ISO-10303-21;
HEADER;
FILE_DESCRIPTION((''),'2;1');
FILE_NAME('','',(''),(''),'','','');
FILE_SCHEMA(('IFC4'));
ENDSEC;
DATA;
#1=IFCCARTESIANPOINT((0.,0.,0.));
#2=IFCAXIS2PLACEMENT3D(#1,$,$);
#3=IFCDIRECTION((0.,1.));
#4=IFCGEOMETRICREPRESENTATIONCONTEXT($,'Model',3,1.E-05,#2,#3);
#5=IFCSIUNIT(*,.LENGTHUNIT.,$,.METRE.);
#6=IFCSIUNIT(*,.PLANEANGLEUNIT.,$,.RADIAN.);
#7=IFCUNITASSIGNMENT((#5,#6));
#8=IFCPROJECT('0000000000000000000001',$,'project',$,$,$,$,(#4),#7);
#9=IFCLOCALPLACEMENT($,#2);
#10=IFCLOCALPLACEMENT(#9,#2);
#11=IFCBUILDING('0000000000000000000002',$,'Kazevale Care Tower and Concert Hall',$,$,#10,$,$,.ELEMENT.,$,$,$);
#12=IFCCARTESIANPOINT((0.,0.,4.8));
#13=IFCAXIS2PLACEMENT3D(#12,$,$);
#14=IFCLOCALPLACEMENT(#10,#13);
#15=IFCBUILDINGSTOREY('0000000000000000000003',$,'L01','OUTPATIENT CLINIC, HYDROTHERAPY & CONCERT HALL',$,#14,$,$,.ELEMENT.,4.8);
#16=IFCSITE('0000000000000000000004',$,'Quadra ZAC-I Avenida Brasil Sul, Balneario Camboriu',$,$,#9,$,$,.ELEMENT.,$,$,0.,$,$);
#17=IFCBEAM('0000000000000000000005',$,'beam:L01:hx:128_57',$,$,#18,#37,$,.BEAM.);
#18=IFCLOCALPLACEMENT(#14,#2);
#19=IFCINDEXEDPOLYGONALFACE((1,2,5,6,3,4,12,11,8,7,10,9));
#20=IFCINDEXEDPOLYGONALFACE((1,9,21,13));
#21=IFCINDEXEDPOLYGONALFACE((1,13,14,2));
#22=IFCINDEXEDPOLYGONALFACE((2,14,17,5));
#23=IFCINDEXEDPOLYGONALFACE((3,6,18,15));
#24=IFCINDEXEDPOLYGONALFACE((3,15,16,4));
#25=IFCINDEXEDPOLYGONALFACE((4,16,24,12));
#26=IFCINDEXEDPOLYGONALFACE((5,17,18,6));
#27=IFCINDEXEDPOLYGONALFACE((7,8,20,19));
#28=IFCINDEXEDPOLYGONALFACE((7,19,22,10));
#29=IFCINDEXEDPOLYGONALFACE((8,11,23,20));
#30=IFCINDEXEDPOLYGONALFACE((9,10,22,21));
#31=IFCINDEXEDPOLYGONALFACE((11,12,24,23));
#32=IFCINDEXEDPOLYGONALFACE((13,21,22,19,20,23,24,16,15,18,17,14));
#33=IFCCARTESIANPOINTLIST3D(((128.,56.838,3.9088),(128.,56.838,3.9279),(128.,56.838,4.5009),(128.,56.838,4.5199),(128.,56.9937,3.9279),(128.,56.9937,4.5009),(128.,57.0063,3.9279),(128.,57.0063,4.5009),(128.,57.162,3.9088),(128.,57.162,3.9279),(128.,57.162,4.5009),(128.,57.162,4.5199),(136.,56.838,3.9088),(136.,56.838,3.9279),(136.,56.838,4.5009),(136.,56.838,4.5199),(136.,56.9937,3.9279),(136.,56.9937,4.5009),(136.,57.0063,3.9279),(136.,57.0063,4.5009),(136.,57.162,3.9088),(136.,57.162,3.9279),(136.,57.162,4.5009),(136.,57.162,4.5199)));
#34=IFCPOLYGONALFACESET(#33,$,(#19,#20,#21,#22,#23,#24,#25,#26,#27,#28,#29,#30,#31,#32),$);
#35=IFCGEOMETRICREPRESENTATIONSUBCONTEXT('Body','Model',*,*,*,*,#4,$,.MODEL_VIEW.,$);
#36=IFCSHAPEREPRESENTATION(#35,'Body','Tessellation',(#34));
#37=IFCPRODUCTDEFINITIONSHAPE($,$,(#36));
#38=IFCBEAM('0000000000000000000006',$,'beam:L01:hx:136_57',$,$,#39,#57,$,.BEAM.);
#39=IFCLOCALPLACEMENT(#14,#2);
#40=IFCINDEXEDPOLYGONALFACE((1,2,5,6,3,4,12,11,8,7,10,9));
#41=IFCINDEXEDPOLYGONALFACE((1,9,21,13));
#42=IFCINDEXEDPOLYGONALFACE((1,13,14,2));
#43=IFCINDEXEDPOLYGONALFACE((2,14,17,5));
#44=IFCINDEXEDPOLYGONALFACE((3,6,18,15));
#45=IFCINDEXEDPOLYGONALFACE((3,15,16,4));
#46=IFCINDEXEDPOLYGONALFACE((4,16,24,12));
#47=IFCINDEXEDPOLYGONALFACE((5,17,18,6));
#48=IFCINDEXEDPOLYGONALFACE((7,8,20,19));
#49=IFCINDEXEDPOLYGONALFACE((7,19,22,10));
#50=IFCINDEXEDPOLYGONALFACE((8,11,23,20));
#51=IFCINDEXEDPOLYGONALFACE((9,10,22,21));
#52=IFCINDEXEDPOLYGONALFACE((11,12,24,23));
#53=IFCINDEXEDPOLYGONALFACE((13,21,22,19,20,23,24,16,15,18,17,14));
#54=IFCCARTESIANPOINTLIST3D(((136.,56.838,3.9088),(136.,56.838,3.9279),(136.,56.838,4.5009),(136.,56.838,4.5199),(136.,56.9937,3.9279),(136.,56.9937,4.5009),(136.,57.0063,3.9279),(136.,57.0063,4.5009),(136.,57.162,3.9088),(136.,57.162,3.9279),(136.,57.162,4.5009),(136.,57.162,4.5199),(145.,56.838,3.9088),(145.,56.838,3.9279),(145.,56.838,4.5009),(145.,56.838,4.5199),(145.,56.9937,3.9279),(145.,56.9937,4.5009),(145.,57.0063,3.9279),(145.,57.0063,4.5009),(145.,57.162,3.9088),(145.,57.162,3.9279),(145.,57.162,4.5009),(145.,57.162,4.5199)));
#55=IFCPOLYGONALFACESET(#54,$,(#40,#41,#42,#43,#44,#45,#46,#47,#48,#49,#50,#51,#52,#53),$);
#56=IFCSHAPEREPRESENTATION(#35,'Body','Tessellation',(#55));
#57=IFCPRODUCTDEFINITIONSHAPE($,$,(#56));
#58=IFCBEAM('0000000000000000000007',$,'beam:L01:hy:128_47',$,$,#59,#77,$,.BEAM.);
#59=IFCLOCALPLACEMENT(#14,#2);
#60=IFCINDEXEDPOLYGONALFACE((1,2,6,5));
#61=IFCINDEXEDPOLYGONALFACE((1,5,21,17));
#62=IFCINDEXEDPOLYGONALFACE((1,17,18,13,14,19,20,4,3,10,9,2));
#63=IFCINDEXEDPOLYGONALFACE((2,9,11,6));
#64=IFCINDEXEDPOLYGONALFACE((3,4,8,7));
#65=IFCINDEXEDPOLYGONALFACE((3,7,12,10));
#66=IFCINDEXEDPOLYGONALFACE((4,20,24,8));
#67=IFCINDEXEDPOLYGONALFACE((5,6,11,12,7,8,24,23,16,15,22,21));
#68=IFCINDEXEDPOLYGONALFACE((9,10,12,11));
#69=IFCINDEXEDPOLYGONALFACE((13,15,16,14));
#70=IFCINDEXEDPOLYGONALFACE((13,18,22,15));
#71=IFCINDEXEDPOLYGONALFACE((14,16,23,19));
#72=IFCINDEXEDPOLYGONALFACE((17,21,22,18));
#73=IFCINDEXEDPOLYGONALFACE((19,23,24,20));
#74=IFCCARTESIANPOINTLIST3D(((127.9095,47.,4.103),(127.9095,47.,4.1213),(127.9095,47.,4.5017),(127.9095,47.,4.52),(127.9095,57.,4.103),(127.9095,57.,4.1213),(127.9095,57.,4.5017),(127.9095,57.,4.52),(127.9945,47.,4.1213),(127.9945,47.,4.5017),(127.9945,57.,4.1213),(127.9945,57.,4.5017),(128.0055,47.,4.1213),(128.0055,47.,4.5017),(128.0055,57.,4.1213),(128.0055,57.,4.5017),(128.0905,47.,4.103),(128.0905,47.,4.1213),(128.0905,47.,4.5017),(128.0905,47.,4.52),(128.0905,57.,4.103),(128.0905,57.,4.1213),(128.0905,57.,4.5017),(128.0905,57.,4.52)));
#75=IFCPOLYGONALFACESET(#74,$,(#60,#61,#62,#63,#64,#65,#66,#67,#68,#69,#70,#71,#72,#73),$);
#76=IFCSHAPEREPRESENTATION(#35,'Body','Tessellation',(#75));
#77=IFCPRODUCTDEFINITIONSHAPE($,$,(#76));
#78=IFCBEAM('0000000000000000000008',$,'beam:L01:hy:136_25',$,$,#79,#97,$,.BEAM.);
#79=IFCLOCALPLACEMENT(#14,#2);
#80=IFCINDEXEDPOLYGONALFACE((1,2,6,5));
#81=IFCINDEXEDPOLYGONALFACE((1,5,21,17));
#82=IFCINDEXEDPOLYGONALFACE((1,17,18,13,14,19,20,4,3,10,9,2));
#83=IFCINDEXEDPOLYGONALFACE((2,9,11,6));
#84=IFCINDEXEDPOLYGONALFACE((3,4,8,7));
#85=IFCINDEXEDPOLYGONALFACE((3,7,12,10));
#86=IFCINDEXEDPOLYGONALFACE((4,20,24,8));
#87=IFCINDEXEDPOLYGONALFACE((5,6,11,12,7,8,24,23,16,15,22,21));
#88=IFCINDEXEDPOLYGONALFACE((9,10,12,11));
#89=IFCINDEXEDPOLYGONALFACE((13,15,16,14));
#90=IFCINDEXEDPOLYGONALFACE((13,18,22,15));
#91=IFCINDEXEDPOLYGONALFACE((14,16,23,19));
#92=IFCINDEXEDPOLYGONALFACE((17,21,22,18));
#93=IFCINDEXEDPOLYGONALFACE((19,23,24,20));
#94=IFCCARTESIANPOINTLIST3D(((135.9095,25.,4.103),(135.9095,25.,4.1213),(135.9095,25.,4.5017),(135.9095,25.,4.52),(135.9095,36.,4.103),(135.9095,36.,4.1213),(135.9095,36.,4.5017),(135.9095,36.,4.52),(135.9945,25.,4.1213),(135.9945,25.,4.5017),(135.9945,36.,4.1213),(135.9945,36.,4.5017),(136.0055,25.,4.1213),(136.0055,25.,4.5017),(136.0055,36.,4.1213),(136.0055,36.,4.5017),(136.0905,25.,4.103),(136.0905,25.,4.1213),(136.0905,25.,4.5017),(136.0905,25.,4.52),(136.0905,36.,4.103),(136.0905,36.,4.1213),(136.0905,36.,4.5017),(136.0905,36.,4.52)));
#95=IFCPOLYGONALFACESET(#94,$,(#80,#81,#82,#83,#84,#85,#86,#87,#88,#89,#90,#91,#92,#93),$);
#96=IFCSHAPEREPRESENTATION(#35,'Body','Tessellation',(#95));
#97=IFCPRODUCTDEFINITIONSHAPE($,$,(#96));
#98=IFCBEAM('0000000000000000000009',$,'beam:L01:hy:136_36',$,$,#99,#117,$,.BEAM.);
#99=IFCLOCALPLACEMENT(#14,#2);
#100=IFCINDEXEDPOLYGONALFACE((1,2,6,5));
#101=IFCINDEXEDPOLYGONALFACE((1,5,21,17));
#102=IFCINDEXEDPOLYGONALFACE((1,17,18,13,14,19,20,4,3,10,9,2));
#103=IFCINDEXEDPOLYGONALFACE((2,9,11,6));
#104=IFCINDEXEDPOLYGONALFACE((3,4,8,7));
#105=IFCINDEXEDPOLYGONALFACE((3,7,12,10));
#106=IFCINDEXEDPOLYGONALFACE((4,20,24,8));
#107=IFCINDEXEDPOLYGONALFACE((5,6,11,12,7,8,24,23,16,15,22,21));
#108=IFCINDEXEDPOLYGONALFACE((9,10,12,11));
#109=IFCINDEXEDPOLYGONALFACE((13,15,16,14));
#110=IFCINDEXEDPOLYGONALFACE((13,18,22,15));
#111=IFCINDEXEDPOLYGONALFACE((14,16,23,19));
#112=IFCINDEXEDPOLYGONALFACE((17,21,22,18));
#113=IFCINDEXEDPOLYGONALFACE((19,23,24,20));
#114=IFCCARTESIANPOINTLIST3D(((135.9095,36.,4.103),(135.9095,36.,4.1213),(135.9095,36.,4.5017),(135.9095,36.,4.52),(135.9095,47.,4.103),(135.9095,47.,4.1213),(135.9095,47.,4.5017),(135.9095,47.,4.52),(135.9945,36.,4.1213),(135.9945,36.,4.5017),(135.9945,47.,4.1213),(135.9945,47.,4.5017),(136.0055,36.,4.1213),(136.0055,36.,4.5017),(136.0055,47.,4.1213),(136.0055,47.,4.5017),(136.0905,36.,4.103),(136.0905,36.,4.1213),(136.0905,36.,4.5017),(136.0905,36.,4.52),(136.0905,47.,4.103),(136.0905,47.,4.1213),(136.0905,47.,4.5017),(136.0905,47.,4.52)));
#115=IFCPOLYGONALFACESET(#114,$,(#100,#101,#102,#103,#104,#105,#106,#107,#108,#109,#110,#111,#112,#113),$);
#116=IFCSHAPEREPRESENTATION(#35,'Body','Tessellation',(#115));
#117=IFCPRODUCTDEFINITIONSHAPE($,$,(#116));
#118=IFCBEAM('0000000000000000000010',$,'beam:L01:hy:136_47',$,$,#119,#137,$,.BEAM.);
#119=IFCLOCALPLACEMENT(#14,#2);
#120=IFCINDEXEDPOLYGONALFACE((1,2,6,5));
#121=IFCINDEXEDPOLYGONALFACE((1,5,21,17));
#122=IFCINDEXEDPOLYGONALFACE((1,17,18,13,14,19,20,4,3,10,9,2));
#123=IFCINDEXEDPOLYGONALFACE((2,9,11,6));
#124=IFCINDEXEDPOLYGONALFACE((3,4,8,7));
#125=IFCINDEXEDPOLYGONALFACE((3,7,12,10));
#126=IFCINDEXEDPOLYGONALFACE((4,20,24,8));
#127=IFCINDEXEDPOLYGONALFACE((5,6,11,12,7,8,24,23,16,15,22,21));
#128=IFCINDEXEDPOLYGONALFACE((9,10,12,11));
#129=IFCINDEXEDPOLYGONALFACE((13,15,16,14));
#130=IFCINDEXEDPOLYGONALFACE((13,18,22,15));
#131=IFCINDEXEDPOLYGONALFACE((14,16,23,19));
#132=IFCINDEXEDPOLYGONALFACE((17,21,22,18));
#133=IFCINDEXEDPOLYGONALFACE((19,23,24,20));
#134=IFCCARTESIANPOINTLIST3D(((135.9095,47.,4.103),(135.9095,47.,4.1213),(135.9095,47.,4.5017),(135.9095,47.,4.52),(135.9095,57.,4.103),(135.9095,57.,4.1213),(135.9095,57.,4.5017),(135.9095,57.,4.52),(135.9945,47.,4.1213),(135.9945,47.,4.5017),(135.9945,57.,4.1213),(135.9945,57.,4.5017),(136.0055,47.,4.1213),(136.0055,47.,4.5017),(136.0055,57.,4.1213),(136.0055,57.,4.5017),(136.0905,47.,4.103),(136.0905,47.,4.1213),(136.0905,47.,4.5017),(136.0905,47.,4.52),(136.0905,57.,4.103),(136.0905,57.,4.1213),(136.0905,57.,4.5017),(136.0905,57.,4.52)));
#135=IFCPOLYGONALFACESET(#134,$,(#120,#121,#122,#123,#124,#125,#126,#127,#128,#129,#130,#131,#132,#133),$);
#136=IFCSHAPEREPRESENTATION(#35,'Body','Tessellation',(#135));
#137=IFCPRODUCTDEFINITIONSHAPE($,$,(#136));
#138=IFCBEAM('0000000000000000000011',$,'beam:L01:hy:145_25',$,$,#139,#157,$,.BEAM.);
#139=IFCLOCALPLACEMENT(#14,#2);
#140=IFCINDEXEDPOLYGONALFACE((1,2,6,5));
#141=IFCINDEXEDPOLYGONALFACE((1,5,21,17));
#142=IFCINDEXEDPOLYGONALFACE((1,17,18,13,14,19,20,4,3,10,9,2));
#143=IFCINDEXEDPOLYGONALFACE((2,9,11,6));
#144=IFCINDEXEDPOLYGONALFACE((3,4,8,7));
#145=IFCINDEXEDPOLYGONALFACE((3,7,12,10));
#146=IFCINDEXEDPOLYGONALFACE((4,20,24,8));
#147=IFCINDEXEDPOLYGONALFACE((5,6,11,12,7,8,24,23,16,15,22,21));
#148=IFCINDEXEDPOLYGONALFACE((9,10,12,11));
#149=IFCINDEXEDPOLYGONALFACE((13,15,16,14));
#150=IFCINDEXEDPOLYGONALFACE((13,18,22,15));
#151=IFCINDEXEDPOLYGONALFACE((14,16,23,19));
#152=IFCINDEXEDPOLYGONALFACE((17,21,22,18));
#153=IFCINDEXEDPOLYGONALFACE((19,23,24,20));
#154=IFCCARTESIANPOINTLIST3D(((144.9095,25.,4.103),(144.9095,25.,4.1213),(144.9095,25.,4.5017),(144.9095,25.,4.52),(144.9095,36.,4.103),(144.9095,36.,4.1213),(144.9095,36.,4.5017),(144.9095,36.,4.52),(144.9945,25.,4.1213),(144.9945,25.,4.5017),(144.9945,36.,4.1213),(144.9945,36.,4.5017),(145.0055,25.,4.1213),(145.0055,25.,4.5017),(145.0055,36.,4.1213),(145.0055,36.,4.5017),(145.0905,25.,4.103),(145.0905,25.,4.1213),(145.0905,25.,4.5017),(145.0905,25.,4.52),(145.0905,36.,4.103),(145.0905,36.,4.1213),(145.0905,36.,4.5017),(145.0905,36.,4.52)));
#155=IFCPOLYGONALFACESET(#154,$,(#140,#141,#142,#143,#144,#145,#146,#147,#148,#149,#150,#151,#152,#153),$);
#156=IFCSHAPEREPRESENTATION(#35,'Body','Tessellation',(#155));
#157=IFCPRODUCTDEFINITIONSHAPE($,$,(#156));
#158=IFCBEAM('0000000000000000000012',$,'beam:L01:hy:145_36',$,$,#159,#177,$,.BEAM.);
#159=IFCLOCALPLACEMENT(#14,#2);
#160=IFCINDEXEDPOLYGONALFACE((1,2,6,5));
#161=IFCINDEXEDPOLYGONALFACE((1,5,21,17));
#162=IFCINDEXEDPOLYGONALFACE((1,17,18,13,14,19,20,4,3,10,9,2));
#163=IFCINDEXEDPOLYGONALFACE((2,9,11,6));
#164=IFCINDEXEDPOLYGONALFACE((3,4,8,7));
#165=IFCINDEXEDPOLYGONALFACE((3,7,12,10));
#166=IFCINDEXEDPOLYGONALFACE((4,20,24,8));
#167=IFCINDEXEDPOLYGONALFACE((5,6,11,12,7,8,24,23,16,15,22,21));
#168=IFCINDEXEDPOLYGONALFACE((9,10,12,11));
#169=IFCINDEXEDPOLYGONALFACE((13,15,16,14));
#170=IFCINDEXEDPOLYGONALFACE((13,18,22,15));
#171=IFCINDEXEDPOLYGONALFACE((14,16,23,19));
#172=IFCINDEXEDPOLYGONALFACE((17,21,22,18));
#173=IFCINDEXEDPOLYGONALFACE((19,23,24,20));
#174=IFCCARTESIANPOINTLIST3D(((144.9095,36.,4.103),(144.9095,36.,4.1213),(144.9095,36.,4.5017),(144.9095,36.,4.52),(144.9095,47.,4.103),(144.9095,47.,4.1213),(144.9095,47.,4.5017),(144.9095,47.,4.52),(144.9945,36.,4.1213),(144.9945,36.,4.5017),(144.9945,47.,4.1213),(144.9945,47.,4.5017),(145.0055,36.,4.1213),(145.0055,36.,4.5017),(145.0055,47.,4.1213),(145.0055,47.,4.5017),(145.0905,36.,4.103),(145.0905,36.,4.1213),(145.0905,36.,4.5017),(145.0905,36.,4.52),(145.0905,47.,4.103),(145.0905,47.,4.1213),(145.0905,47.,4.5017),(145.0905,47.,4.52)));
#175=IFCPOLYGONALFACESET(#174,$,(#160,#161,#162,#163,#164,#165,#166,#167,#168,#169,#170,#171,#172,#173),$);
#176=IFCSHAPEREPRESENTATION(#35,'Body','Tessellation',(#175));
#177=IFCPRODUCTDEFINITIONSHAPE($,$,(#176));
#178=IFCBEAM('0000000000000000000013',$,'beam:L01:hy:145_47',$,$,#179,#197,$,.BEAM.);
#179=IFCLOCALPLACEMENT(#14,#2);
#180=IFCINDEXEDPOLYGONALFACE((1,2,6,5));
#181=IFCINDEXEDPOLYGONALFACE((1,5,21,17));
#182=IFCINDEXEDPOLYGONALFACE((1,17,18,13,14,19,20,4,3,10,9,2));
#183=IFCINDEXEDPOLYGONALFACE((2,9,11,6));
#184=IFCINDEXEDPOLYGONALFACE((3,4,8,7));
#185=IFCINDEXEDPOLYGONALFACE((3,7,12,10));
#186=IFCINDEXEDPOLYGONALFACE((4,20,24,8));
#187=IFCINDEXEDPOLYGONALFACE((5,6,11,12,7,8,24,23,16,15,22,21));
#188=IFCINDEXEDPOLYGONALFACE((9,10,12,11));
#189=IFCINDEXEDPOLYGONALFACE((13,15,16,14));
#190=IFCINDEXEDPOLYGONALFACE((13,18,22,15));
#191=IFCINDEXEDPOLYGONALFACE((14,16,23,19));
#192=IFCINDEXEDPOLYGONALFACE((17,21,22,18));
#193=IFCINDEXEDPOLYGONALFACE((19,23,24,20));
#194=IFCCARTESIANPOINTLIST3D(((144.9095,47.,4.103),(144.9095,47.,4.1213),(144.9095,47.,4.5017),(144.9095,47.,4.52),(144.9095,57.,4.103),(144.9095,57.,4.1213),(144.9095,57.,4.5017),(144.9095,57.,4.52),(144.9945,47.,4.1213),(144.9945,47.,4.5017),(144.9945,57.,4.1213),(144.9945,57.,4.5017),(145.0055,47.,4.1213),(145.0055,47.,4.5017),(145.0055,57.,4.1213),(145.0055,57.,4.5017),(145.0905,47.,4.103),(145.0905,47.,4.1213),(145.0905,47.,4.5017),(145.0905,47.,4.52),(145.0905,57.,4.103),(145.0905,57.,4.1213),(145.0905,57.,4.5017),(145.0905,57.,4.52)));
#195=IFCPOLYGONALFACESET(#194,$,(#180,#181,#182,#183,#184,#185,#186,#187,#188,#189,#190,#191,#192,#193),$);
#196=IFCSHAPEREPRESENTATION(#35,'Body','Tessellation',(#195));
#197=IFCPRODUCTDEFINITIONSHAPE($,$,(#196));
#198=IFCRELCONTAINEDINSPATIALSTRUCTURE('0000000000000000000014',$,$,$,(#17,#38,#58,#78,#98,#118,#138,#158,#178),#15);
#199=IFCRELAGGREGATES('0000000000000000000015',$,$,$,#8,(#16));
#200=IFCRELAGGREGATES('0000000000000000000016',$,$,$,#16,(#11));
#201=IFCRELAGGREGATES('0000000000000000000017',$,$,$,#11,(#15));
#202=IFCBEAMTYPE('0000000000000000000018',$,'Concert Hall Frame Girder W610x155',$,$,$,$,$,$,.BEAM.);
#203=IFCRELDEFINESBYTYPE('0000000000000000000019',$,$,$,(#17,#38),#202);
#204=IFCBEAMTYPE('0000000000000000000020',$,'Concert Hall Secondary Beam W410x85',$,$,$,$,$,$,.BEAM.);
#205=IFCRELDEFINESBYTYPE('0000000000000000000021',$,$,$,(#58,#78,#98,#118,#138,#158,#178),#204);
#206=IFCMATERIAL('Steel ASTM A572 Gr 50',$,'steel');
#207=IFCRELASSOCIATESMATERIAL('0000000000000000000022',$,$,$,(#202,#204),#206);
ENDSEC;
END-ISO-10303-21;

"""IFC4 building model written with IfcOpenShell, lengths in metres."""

from ifc_helpers import new_model, si_unit, direction, frame, origin, origin_2d, place, context, subcontext, project, spatial, i_section, extrude, material, material_profile, profile_set, type_object, element, save


model = new_model("IFC4")

# Units and contexts
model_context = context("Model", 3, precision=1e-05, world=origin(), true_north=direction((0.0, 1.0)))
body_context = subcontext(model_context, "Body", "Model", "MODEL_VIEW")
ifc_project = project(units=[si_unit("LENGTHUNIT", "METRE"), si_unit("PLANEANGLEUNIT", "RADIAN")], contexts=[model_context])

# Site, building, storey
site_placement = place(None, origin())
site = spatial("IfcSite", under=ifc_project, at=site_placement, Name="Quadra ZAC-I Avenida Brasil Sul, Balneario Camboriu", CompositionType="ELEMENT", RefElevation=0.0)
building_placement = place(site_placement, origin())
building = spatial("IfcBuilding", under=site, at=building_placement, Name="Kazevale Care Tower and Concert Hall", CompositionType="ELEMENT")
storey_placement = place(building_placement, frame((0.0, 0.0, 4.8)))
storey = spatial("IfcBuildingStorey", under=building, at=storey_placement, Name="L01", Description="OUTPATIENT CLINIC, HYDROTHERAPY & CONCERT HALL", CompositionType="ELEMENT", Elevation=4.8)

# Beams
ifc_material_1 = material(Name="Steel ASTM A572 Gr 50", Category="steel")
ifc_material_profile_1 = material_profile(ifc_material_1, i_section(OverallWidth=0.324, OverallDepth=0.6111, WebThickness=0.0127, FlangeThickness=0.019, at=origin_2d()), Name="W610x155")
ifc_profile_set_1 = profile_set([ifc_material_profile_1], Name="Steel ASTM A572 Gr 50")
beam_type_1 = type_object("IfcBeamType", Name="Concert Hall Frame Girder W610x155", PredefinedType="BEAM", material=ifc_profile_set_1)
beam_1_placement = place(storey_placement, frame((128.0, 57.0, 4.2144), z_axis=(1.0, 0.0, 0.0), x_axis=(0.0, 1.0, 0.0)))
element("IfcBeam", 1, at=beam_1_placement, inside=storey, type_object=beam_type_1, Name="beam:L01:hx:128_57", PredefinedType="BEAM", context=body_context, shape_type="SweptSolid", body=[
    extrude(i_section(OverallWidth=0.324, OverallDepth=0.6111, WebThickness=0.0127, FlangeThickness=0.019, at=origin_2d()), origin(), (0.0, 0.0, 1.0), 8.0),
])
beam_2_placement = place(storey_placement, frame((136.0, 57.0, 4.2144), z_axis=(1.0, 0.0, 0.0), x_axis=(0.0, 1.0, 0.0)))
element("IfcBeam", 2, at=beam_2_placement, inside=storey, type_object=beam_type_1, Name="beam:L01:hx:136_57", PredefinedType="BEAM", context=body_context, shape_type="SweptSolid", body=[
    extrude(i_section(OverallWidth=0.324, OverallDepth=0.6111, WebThickness=0.0127, FlangeThickness=0.019, at=origin_2d()), origin(), (0.0, 0.0, 1.0), 9.0),
])
ifc_material_profile_2 = material_profile(ifc_material_1, i_section(OverallWidth=0.1809, OverallDepth=0.417, WebThickness=0.011, FlangeThickness=0.0183, at=origin_2d()), Name="W410x85")
ifc_profile_set_2 = profile_set([ifc_material_profile_2], Name="Steel ASTM A572 Gr 50")
beam_type_2 = type_object("IfcBeamType", Name="Concert Hall Secondary Beam W410x85", PredefinedType="BEAM", material=ifc_profile_set_2)
beam_3_placement = place(storey_placement, frame((128.0, 47.0, 4.3115), z_axis=(0.0, 1.0, 0.0), x_axis=(-1.0, 0.0, 0.0)))
element("IfcBeam", 3, at=beam_3_placement, inside=storey, type_object=beam_type_2, Name="beam:L01:hy:128_47", PredefinedType="BEAM", context=body_context, shape_type="SweptSolid", body=[
    extrude(i_section(OverallWidth=0.1809, OverallDepth=0.417, WebThickness=0.011, FlangeThickness=0.0183, at=origin_2d()), origin(), (0.0, 0.0, 1.0), 10.0),
])
for number, where, z_axis, x_axis, name in (
    (4, (136.0, 25.0, 4.3115), (0.0, 1.0, 0.0), (-1.0, 0.0, 0.0), "beam:L01:hy:136_25"),
    (5, (136.0, 36.0, 4.3115), (0.0, 1.0, 0.0), (-1.0, 0.0, 0.0), "beam:L01:hy:136_36"),
):
    element("IfcBeam", number, at=place(storey_placement, frame(where, z_axis=z_axis, x_axis=x_axis)), inside=storey, type_object=beam_type_2, Name=name, PredefinedType="BEAM", context=body_context, shape_type="SweptSolid", body=[
        extrude(i_section(OverallWidth=0.1809, OverallDepth=0.417, WebThickness=0.011, FlangeThickness=0.0183, at=origin_2d()), origin(), (0.0, 0.0, 1.0), 11.0),
    ])
beam_4_placement = place(storey_placement, frame((136.0, 47.0, 4.3115), z_axis=(0.0, 1.0, 0.0), x_axis=(-1.0, 0.0, 0.0)))
element("IfcBeam", 6, at=beam_4_placement, inside=storey, type_object=beam_type_2, Name="beam:L01:hy:136_47", PredefinedType="BEAM", context=body_context, shape_type="SweptSolid", body=[
    extrude(i_section(OverallWidth=0.1809, OverallDepth=0.417, WebThickness=0.011, FlangeThickness=0.0183, at=origin_2d()), origin(), (0.0, 0.0, 1.0), 10.0),
])
for number, where, z_axis, x_axis, name in (
    (7, (145.0, 25.0, 4.3115), (0.0, 1.0, 0.0), (-1.0, 0.0, 0.0), "beam:L01:hy:145_25"),
    (8, (145.0, 36.0, 4.3115), (0.0, 1.0, 0.0), (-1.0, 0.0, 0.0), "beam:L01:hy:145_36"),
):
    element("IfcBeam", number, at=place(storey_placement, frame(where, z_axis=z_axis, x_axis=x_axis)), inside=storey, type_object=beam_type_2, Name=name, PredefinedType="BEAM", context=body_context, shape_type="SweptSolid", body=[
        extrude(i_section(OverallWidth=0.1809, OverallDepth=0.417, WebThickness=0.011, FlangeThickness=0.0183, at=origin_2d()), origin(), (0.0, 0.0, 1.0), 11.0),
    ])
beam_5_placement = place(storey_placement, frame((145.0, 47.0, 4.3115), z_axis=(0.0, 1.0, 0.0), x_axis=(-1.0, 0.0, 0.0)))
element("IfcBeam", 9, at=beam_5_placement, inside=storey, type_object=beam_type_2, Name="beam:L01:hy:145_47", PredefinedType="BEAM", context=body_context, shape_type="SweptSolid", body=[
    extrude(i_section(OverallWidth=0.1809, OverallDepth=0.417, WebThickness=0.011, FlangeThickness=0.0183, at=origin_2d()), origin(), (0.0, 0.0, 1.0), 10.0),
])

save(model, "model.ifc")
